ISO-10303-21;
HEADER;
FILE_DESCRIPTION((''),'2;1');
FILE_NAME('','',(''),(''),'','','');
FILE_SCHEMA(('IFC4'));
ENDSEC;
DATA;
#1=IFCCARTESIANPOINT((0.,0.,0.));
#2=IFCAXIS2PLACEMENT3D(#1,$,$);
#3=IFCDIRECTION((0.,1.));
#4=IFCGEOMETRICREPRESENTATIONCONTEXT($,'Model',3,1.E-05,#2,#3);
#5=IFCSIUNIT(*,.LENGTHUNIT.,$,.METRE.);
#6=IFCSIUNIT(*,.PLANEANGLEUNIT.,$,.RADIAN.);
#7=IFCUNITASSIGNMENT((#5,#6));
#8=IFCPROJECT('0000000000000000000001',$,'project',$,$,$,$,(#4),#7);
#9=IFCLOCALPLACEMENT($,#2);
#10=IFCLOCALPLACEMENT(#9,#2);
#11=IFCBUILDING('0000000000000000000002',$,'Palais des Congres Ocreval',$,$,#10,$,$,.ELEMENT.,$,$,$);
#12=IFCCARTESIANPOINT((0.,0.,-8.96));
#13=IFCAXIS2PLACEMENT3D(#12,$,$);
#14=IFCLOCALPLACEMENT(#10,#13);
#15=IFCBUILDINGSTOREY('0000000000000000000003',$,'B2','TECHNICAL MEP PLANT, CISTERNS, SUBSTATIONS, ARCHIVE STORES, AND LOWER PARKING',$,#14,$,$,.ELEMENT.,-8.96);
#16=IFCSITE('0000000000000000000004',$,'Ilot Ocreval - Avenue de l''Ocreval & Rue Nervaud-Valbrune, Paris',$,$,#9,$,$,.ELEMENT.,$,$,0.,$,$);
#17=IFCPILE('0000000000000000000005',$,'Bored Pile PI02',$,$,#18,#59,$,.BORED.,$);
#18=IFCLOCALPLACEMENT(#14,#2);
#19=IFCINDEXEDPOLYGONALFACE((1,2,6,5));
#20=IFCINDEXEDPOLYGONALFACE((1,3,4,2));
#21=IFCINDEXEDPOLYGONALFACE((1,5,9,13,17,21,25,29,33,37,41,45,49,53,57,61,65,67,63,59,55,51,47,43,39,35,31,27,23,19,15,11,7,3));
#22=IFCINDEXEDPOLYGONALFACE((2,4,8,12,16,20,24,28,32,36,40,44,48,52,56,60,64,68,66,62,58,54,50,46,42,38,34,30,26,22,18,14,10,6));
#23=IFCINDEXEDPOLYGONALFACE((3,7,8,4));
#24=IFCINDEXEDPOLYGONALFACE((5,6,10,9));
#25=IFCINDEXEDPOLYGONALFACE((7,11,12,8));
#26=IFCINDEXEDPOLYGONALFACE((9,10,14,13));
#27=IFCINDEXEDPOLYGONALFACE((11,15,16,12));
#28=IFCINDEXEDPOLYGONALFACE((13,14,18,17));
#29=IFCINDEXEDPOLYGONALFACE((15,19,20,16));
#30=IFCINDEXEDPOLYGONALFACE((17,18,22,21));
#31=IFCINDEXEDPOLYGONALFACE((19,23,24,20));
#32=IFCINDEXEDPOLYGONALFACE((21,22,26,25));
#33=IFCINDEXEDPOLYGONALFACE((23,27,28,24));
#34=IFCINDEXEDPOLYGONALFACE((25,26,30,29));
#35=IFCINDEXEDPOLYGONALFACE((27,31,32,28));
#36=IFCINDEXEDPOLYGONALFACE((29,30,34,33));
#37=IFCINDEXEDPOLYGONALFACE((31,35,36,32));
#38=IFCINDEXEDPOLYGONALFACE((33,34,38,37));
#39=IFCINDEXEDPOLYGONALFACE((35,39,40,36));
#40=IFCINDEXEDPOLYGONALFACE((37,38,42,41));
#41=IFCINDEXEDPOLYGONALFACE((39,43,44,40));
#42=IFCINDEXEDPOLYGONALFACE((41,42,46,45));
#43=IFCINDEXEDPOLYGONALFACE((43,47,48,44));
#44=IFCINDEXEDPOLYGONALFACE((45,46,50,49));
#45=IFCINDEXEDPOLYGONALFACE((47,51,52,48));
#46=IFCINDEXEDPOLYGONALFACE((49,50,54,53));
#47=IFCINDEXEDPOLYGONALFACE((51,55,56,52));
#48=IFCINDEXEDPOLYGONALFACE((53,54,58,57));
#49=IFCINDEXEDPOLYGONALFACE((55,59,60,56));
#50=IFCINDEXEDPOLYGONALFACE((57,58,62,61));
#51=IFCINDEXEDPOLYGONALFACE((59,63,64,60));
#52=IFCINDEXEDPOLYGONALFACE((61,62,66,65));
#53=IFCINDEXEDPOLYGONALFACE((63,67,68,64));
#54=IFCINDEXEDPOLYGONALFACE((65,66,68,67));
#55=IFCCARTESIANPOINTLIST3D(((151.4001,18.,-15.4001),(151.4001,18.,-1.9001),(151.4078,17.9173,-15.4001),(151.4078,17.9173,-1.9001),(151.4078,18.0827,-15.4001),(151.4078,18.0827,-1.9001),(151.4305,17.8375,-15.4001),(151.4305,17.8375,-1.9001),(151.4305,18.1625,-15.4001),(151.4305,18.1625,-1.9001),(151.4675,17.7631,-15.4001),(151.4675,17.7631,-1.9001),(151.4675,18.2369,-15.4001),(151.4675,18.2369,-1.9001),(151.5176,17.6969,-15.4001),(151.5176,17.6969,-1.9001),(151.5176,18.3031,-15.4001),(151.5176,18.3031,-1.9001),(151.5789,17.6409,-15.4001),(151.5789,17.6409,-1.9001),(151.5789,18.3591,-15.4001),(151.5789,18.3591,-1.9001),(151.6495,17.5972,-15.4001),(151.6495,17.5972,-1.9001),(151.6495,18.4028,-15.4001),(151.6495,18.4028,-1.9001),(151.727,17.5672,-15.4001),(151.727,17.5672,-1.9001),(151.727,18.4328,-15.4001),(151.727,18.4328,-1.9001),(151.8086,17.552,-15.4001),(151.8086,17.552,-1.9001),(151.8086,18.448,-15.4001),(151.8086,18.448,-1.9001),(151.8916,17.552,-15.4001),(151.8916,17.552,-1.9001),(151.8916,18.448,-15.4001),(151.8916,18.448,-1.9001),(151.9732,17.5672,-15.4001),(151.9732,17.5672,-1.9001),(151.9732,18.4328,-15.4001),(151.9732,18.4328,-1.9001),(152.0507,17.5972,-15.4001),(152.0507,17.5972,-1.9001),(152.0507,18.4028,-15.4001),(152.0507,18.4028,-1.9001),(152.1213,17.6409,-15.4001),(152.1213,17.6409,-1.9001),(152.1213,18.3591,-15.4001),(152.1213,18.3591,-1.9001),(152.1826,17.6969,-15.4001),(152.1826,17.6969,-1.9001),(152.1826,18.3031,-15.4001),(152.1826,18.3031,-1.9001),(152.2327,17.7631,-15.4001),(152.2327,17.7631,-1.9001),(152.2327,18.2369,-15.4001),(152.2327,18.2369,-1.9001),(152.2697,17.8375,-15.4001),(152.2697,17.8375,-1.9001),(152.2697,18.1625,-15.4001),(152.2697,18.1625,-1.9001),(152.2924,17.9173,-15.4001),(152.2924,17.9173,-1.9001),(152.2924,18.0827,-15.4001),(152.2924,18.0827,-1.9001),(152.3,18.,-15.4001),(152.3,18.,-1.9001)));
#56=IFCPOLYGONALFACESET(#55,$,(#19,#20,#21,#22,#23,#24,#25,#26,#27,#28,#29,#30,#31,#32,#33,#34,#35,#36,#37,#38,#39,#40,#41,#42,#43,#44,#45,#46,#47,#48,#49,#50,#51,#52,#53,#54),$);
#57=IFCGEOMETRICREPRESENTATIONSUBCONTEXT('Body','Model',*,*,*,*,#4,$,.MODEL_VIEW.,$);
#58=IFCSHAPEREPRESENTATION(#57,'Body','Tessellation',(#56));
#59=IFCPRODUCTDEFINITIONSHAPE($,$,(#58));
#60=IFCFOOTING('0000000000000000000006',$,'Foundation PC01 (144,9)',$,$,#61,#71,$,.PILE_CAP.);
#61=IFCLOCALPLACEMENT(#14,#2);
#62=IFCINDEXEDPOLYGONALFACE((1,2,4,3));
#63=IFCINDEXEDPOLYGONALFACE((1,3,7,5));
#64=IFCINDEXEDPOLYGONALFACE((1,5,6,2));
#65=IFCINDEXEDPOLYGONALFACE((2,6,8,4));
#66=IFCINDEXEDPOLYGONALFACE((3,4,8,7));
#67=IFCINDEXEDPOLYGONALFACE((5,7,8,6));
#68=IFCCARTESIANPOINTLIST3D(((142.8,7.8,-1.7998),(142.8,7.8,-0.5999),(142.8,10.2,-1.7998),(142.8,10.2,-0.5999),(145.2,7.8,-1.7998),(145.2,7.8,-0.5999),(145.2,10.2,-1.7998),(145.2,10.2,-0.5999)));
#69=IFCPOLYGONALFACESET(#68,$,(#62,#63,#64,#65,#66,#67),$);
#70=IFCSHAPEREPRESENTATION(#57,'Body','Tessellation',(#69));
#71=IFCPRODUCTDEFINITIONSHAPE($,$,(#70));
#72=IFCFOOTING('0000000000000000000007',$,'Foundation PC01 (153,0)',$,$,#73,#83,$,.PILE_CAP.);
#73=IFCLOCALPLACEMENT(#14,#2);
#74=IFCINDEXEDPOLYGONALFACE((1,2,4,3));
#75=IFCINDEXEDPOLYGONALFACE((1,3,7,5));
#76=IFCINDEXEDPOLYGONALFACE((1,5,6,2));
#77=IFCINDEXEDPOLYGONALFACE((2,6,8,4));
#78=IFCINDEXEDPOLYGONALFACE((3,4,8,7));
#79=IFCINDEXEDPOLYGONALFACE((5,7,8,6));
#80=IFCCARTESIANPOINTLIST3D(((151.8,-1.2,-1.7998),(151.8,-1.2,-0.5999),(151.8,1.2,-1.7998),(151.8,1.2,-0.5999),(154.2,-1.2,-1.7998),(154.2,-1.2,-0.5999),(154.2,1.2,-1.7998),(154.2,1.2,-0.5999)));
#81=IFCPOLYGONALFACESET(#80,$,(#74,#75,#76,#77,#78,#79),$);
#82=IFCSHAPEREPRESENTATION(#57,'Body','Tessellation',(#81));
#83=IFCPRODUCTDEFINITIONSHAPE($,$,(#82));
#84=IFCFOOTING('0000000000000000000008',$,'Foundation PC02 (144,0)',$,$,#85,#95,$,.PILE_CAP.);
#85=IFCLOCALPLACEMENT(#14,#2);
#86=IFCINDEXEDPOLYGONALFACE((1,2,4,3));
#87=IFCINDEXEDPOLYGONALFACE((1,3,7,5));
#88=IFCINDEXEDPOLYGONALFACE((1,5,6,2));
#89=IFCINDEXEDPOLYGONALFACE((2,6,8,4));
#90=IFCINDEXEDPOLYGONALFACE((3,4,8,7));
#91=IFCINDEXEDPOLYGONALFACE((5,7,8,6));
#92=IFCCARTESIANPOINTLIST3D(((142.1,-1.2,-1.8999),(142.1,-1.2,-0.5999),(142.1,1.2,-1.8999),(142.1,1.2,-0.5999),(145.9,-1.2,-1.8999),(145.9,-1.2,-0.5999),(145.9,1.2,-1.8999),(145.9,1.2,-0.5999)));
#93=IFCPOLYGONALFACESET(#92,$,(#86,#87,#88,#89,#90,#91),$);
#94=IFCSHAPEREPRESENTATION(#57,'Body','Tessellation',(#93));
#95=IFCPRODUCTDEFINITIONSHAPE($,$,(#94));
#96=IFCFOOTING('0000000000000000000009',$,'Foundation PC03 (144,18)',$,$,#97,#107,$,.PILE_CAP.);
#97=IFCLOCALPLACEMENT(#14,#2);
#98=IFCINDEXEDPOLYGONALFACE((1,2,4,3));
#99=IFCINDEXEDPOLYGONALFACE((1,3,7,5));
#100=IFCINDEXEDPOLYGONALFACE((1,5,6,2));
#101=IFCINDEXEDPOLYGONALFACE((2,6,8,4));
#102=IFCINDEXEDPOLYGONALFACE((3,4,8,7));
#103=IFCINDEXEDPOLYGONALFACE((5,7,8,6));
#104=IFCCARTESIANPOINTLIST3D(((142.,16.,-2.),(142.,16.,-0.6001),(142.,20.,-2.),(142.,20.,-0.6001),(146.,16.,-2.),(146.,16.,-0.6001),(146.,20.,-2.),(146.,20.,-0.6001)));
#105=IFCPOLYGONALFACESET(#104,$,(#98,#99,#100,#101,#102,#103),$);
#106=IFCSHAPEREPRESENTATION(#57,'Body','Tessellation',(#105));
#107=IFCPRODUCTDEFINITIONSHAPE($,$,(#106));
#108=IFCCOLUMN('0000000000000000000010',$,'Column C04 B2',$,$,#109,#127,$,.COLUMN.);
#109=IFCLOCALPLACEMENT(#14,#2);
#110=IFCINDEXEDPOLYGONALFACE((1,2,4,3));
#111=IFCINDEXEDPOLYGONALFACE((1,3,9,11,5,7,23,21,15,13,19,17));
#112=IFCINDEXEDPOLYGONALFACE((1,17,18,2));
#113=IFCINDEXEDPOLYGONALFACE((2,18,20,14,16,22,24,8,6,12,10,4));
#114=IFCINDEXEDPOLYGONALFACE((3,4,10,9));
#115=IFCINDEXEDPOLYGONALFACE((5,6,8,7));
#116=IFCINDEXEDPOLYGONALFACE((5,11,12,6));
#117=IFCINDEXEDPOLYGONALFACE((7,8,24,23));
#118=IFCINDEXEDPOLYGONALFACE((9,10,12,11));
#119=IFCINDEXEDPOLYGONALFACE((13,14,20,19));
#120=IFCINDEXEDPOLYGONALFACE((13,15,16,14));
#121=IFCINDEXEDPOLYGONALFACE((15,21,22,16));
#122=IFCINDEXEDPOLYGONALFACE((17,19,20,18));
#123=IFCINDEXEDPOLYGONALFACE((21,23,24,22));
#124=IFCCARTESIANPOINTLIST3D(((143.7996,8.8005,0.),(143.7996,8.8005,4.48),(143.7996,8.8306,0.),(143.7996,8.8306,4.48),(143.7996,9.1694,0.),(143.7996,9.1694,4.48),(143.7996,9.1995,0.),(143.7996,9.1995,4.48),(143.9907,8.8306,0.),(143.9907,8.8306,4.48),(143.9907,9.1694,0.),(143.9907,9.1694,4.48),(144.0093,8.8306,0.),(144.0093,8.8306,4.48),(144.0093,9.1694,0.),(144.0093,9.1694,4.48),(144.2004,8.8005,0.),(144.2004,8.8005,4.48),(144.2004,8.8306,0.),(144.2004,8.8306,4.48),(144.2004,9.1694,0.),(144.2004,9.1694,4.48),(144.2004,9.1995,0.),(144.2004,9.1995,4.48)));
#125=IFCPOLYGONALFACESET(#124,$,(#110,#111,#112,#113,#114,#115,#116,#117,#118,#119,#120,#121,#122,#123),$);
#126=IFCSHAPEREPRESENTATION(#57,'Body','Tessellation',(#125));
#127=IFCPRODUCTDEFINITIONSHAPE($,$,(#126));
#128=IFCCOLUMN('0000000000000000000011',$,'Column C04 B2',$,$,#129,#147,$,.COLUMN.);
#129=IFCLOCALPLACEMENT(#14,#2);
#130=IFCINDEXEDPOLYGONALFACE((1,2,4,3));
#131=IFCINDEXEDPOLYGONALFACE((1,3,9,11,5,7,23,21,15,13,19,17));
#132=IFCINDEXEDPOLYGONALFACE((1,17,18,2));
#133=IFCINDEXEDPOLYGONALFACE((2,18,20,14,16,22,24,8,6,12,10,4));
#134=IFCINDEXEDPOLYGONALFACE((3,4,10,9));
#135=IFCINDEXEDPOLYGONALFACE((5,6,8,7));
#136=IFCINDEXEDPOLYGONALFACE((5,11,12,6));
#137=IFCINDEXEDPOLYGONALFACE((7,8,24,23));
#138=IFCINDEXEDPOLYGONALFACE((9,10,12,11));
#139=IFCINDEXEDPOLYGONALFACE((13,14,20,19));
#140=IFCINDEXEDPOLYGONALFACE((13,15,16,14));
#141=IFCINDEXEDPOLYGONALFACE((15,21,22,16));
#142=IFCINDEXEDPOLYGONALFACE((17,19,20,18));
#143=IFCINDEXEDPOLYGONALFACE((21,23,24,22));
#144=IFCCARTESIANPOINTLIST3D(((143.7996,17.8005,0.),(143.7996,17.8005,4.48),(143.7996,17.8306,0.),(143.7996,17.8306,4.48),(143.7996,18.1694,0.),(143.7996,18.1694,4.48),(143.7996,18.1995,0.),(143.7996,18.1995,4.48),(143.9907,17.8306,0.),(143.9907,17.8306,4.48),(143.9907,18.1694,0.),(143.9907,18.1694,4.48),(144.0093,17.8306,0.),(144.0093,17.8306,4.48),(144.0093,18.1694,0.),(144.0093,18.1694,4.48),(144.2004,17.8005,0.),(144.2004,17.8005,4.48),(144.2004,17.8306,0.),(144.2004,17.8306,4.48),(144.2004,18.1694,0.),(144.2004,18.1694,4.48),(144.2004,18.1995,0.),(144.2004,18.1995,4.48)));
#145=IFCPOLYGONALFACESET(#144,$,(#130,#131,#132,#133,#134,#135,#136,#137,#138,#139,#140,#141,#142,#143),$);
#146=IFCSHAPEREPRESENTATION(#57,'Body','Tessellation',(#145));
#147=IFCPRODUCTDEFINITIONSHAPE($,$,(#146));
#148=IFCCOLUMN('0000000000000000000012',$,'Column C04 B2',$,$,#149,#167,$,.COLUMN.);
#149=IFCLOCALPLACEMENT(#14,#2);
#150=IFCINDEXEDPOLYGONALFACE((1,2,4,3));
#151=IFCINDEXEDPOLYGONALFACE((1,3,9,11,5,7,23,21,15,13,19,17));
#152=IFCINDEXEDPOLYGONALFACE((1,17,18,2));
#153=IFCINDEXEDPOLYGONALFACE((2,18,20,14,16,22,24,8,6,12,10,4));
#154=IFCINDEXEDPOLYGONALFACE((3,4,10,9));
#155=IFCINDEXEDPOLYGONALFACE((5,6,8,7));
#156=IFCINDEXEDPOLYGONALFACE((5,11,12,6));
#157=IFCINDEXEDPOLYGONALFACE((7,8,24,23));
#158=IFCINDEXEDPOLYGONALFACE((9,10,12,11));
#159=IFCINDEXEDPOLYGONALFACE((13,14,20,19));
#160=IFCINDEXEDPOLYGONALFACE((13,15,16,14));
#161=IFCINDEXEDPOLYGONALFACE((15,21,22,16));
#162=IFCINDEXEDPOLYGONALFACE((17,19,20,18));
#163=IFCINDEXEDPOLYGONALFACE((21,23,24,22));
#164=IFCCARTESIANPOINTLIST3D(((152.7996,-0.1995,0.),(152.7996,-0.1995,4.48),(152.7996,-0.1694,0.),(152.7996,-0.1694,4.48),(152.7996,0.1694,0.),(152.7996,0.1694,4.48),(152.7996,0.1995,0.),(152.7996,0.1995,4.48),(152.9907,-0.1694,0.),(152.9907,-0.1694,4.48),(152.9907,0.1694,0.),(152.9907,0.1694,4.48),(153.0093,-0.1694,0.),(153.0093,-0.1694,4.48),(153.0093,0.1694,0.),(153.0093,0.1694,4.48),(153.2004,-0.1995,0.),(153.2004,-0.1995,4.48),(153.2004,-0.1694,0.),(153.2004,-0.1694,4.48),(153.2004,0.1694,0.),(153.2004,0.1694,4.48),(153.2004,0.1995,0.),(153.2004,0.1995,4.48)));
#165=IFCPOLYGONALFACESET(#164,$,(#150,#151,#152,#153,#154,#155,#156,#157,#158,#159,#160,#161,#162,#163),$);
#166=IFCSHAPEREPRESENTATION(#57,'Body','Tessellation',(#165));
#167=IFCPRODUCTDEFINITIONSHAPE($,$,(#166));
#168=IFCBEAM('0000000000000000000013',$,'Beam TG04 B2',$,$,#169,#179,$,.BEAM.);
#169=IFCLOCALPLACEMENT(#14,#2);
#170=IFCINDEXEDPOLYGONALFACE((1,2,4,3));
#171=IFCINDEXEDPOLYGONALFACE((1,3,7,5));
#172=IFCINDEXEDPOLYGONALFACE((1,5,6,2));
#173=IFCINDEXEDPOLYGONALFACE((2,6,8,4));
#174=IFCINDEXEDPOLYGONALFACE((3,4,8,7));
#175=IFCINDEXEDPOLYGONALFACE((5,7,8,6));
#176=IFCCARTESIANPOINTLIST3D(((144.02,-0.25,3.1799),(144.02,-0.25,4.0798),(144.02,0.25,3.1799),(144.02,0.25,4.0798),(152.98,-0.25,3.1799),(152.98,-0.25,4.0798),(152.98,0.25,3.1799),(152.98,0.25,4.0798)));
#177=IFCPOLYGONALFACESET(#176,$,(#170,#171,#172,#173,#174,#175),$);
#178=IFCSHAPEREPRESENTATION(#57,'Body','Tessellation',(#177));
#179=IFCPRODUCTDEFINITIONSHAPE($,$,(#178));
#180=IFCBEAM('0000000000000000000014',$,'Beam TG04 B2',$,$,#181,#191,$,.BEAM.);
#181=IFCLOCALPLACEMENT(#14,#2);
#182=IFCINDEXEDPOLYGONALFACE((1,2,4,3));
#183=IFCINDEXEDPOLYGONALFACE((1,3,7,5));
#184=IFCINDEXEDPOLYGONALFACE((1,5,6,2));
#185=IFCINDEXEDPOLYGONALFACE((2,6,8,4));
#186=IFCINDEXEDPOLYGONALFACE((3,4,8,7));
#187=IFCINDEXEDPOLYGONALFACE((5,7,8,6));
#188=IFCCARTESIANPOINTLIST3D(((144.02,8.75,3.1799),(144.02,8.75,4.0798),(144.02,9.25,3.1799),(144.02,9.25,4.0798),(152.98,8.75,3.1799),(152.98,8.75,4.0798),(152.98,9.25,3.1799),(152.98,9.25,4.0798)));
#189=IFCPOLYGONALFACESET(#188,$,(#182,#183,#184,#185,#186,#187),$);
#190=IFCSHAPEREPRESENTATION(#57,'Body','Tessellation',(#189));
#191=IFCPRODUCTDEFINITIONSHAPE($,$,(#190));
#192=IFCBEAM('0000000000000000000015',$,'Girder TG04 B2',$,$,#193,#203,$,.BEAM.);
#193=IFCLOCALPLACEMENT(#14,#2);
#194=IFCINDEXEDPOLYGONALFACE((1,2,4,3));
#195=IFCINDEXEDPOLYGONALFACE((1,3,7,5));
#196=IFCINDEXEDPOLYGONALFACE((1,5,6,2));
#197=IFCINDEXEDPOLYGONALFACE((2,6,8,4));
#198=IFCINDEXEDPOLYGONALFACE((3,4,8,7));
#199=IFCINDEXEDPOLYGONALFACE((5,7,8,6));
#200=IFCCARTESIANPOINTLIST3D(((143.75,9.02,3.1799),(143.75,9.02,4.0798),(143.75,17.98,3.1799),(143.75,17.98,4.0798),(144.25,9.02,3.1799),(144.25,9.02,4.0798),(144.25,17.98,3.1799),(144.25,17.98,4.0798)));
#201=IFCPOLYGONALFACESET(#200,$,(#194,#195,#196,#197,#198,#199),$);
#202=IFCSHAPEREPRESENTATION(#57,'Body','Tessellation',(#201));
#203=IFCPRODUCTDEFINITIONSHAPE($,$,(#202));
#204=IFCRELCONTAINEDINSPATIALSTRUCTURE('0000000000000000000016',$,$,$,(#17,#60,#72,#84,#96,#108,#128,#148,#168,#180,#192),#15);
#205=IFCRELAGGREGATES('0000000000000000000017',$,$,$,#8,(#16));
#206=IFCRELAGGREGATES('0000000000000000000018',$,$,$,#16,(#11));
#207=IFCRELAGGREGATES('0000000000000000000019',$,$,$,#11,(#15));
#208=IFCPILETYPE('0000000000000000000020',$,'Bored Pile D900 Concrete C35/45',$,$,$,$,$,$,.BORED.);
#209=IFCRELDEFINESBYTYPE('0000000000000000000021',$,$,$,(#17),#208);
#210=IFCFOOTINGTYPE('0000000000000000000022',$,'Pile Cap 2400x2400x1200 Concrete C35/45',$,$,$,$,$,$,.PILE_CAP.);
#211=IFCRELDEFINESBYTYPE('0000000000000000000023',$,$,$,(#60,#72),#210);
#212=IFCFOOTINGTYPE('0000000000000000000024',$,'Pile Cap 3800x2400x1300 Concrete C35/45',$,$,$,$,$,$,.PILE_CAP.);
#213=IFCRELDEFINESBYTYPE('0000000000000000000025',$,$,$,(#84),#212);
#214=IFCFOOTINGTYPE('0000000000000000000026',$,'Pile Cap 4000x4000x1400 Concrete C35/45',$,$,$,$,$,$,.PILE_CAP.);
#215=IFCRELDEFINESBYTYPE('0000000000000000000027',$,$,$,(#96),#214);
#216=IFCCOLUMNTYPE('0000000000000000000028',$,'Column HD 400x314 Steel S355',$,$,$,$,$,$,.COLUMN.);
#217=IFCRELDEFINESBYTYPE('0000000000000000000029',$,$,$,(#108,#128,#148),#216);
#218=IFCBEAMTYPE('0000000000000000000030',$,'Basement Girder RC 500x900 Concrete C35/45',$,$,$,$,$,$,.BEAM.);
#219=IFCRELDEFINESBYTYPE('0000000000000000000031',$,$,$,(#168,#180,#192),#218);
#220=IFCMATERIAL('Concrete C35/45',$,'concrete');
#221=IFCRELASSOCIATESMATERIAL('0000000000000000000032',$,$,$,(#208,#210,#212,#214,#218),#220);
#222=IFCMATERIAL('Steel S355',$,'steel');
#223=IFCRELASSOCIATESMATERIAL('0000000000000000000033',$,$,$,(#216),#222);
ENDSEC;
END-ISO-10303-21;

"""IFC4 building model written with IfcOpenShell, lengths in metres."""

from ifc_helpers import new_model, si_unit, direction, frame, origin, origin_2d, place, context, subcontext, project, spatial, rectangle, circle, i_section, extrude, material, material_profile, profile_set, type_object, element, save


model = new_model("IFC4")

# Units and contexts
model_context = context("Model", 3, precision=1e-05, world=origin(), true_north=direction((0.0, 1.0)))
body_context = subcontext(model_context, "Body", "Model", "MODEL_VIEW")
ifc_project = project(units=[si_unit("LENGTHUNIT", "METRE"), si_unit("PLANEANGLEUNIT", "RADIAN")], contexts=[model_context])

# Site, building, storey
site_placement = place(None, origin())
site = spatial("IfcSite", under=ifc_project, at=site_placement, Name="Ilot Ocreval - Avenue de l'Ocreval & Rue Nervaud-Valbrune, Paris", CompositionType="ELEMENT", RefElevation=0.0)
building_placement = place(site_placement, origin())
building = spatial("IfcBuilding", under=site, at=building_placement, Name="Palais des Congres Ocreval", CompositionType="ELEMENT")
storey_placement = place(building_placement, frame((0.0, 0.0, -8.96)))
storey = spatial("IfcBuildingStorey", under=building, at=storey_placement, Name="B2", Description="TECHNICAL MEP PLANT, CISTERNS, SUBSTATIONS, ARCHIVE STORES, AND LOWER PARKING", CompositionType="ELEMENT", Elevation=-8.96)

# Pile
ifc_material_1 = material(Name="Concrete C35/45", Category="concrete")
ifc_material_profile_1 = material_profile(ifc_material_1, circle(Radius=0.45, at=origin_2d()), Name="BORED PILE 900")
ifc_profile_set_1 = profile_set([ifc_material_profile_1], Name="Concrete C35/45")
pile_type_1 = type_object("IfcPileType", Name="Bored Pile D900 Concrete C35/45", PredefinedType="BORED", material=ifc_profile_set_1)
for number, where, z_axis, x_axis, name in (
    (1, (151.8501, 18.0, -1.9001), (0.0, 0.0, -1.0), (1.0, 0.0, 0.0), "Bored Pile PI02"),
):
    element("IfcPile", number, at=place(storey_placement, frame(where, z_axis=z_axis, x_axis=x_axis)), inside=storey, type_object=pile_type_1, Name=name, PredefinedType="BORED", context=body_context, shape_type="SweptSolid", body=[
        extrude(circle(Radius=0.45, at=origin_2d()), origin(), (0.0, 0.0, 1.0), 13.5),
    ])

# Footings
footing_type_1 = type_object("IfcFootingType", Name="Pile Cap 2400x2400x1200 Concrete C35/45", PredefinedType="PILE_CAP", material=ifc_material_1)
for number, where, z_axis, x_axis, name in (
    (2, (144.0, 9.0, -1.7998), (0.0, 0.0, 1.0), (1.0, 0.0, 0.0), "Foundation PC01 (144,9)"),
    (3, (153.0, 0.0, -1.7998), (0.0, 0.0, 1.0), (1.0, 0.0, 0.0), "Foundation PC01 (153,0)"),
):
    element("IfcFooting", number, at=place(storey_placement, frame(where, z_axis=z_axis, x_axis=x_axis)), inside=storey, type_object=footing_type_1, Name=name, PredefinedType="PILE_CAP", context=body_context, shape_type="SweptSolid", body=[
        extrude(rectangle(XDim=2.3999, YDim=2.3999, at=origin_2d()), origin(), (0.0, 0.0, 1.0), 1.2),
    ])
footing_type_2 = type_object("IfcFootingType", Name="Pile Cap 3800x2400x1300 Concrete C35/45", PredefinedType="PILE_CAP", material=ifc_material_1)
footing_1_placement = place(storey_placement, frame((144.0, 0.0, -1.8999), z_axis=(0.0, 0.0, 1.0), x_axis=(1.0, 0.0, 0.0)))
element("IfcFooting", 4, at=footing_1_placement, inside=storey, type_object=footing_type_2, Name="Foundation PC02 (144,0)", PredefinedType="PILE_CAP", context=body_context, shape_type="SweptSolid", body=[
    extrude(rectangle(XDim=3.8, YDim=2.3999, at=origin_2d()), origin(), (0.0, 0.0, 1.0), 1.3),
])
footing_type_3 = type_object("IfcFootingType", Name="Pile Cap 4000x4000x1400 Concrete C35/45", PredefinedType="PILE_CAP", material=ifc_material_1)
footing_2_placement = place(storey_placement, frame((144.0, 18.0, -2.0), z_axis=(0.0, 0.0, 1.0), x_axis=(1.0, 0.0, 0.0)))
element("IfcFooting", 5, at=footing_2_placement, inside=storey, type_object=footing_type_3, Name="Foundation PC03 (144,18)", PredefinedType="PILE_CAP", context=body_context, shape_type="SweptSolid", body=[
    extrude(rectangle(XDim=4.0, YDim=4.0, at=origin_2d()), origin(), (0.0, 0.0, 1.0), 1.3999),
])

# Columns
ifc_material_2 = material(Name="Steel S355", Category="steel")
ifc_material_profile_2 = material_profile(ifc_material_2, i_section(OverallWidth=0.4009, OverallDepth=0.3989, WebThickness=0.0186, FlangeThickness=0.03, at=origin_2d()), Name="HD 400x314")
ifc_profile_set_2 = profile_set([ifc_material_profile_2], Name="Steel S355")
column_type = type_object("IfcColumnType", Name="Column HD 400x314 Steel S355", PredefinedType="COLUMN", material=ifc_profile_set_2)
for number, where, z_axis, x_axis, name in (
    (6, (144.0, 9.0, 0.0), (0.0, 0.0, 1.0), (1.0, 0.0, 0.0), "Column C04 B2"),
    (7, (144.0, 18.0, 0.0), (0.0, 0.0, 1.0), (1.0, 0.0, 0.0), "Column C04 B2"),
    (8, (153.0, 0.0, 0.0), (0.0, 0.0, 1.0), (1.0, 0.0, 0.0), "Column C04 B2"),
):
    element("IfcColumn", number, at=place(storey_placement, frame(where, z_axis=z_axis, x_axis=x_axis)), inside=storey, type_object=column_type, Name=name, PredefinedType="COLUMN", context=body_context, shape_type="SweptSolid", body=[
        extrude(i_section(OverallWidth=0.4009, OverallDepth=0.3989, WebThickness=0.0186, FlangeThickness=0.03, at=origin_2d()), origin(), (0.0, 0.0, 1.0), 4.48),
    ])

# Beams
ifc_material_profile_3 = material_profile(ifc_material_1, rectangle(XDim=0.5, YDim=0.8999, at=origin_2d()), Name="RC 500x900")
ifc_profile_set_3 = profile_set([ifc_material_profile_3], Name="Concrete C35/45")
beam_type_1 = type_object("IfcBeamType", Name="Basement Girder RC 500x900 Concrete C35/45", PredefinedType="BEAM", material=ifc_profile_set_3)
for number, where, z_axis, x_axis, name in (
    (9, (144.02, 0.0, 3.6299), (1.0, 0.0, 0.0), (0.0, 1.0, 0.0), "Beam TG04 B2"),
    (10, (144.02, 9.0, 3.6299), (1.0, 0.0, 0.0), (0.0, 1.0, 0.0), "Beam TG04 B2"),
    (11, (144.0, 9.02, 3.6299), (0.0, 1.0, 0.0), (-1.0, 0.0, 0.0), "Girder TG04 B2"),
):
    element("IfcBeam", number, at=place(storey_placement, frame(where, z_axis=z_axis, x_axis=x_axis)), inside=storey, type_object=beam_type_1, Name=name, PredefinedType="BEAM", context=body_context, shape_type="SweptSolid", body=[
        extrude(rectangle(XDim=0.5, YDim=0.8999, at=origin_2d()), origin(), (0.0, 0.0, 1.0), 8.96),
    ])

save(model, "model.ifc")
